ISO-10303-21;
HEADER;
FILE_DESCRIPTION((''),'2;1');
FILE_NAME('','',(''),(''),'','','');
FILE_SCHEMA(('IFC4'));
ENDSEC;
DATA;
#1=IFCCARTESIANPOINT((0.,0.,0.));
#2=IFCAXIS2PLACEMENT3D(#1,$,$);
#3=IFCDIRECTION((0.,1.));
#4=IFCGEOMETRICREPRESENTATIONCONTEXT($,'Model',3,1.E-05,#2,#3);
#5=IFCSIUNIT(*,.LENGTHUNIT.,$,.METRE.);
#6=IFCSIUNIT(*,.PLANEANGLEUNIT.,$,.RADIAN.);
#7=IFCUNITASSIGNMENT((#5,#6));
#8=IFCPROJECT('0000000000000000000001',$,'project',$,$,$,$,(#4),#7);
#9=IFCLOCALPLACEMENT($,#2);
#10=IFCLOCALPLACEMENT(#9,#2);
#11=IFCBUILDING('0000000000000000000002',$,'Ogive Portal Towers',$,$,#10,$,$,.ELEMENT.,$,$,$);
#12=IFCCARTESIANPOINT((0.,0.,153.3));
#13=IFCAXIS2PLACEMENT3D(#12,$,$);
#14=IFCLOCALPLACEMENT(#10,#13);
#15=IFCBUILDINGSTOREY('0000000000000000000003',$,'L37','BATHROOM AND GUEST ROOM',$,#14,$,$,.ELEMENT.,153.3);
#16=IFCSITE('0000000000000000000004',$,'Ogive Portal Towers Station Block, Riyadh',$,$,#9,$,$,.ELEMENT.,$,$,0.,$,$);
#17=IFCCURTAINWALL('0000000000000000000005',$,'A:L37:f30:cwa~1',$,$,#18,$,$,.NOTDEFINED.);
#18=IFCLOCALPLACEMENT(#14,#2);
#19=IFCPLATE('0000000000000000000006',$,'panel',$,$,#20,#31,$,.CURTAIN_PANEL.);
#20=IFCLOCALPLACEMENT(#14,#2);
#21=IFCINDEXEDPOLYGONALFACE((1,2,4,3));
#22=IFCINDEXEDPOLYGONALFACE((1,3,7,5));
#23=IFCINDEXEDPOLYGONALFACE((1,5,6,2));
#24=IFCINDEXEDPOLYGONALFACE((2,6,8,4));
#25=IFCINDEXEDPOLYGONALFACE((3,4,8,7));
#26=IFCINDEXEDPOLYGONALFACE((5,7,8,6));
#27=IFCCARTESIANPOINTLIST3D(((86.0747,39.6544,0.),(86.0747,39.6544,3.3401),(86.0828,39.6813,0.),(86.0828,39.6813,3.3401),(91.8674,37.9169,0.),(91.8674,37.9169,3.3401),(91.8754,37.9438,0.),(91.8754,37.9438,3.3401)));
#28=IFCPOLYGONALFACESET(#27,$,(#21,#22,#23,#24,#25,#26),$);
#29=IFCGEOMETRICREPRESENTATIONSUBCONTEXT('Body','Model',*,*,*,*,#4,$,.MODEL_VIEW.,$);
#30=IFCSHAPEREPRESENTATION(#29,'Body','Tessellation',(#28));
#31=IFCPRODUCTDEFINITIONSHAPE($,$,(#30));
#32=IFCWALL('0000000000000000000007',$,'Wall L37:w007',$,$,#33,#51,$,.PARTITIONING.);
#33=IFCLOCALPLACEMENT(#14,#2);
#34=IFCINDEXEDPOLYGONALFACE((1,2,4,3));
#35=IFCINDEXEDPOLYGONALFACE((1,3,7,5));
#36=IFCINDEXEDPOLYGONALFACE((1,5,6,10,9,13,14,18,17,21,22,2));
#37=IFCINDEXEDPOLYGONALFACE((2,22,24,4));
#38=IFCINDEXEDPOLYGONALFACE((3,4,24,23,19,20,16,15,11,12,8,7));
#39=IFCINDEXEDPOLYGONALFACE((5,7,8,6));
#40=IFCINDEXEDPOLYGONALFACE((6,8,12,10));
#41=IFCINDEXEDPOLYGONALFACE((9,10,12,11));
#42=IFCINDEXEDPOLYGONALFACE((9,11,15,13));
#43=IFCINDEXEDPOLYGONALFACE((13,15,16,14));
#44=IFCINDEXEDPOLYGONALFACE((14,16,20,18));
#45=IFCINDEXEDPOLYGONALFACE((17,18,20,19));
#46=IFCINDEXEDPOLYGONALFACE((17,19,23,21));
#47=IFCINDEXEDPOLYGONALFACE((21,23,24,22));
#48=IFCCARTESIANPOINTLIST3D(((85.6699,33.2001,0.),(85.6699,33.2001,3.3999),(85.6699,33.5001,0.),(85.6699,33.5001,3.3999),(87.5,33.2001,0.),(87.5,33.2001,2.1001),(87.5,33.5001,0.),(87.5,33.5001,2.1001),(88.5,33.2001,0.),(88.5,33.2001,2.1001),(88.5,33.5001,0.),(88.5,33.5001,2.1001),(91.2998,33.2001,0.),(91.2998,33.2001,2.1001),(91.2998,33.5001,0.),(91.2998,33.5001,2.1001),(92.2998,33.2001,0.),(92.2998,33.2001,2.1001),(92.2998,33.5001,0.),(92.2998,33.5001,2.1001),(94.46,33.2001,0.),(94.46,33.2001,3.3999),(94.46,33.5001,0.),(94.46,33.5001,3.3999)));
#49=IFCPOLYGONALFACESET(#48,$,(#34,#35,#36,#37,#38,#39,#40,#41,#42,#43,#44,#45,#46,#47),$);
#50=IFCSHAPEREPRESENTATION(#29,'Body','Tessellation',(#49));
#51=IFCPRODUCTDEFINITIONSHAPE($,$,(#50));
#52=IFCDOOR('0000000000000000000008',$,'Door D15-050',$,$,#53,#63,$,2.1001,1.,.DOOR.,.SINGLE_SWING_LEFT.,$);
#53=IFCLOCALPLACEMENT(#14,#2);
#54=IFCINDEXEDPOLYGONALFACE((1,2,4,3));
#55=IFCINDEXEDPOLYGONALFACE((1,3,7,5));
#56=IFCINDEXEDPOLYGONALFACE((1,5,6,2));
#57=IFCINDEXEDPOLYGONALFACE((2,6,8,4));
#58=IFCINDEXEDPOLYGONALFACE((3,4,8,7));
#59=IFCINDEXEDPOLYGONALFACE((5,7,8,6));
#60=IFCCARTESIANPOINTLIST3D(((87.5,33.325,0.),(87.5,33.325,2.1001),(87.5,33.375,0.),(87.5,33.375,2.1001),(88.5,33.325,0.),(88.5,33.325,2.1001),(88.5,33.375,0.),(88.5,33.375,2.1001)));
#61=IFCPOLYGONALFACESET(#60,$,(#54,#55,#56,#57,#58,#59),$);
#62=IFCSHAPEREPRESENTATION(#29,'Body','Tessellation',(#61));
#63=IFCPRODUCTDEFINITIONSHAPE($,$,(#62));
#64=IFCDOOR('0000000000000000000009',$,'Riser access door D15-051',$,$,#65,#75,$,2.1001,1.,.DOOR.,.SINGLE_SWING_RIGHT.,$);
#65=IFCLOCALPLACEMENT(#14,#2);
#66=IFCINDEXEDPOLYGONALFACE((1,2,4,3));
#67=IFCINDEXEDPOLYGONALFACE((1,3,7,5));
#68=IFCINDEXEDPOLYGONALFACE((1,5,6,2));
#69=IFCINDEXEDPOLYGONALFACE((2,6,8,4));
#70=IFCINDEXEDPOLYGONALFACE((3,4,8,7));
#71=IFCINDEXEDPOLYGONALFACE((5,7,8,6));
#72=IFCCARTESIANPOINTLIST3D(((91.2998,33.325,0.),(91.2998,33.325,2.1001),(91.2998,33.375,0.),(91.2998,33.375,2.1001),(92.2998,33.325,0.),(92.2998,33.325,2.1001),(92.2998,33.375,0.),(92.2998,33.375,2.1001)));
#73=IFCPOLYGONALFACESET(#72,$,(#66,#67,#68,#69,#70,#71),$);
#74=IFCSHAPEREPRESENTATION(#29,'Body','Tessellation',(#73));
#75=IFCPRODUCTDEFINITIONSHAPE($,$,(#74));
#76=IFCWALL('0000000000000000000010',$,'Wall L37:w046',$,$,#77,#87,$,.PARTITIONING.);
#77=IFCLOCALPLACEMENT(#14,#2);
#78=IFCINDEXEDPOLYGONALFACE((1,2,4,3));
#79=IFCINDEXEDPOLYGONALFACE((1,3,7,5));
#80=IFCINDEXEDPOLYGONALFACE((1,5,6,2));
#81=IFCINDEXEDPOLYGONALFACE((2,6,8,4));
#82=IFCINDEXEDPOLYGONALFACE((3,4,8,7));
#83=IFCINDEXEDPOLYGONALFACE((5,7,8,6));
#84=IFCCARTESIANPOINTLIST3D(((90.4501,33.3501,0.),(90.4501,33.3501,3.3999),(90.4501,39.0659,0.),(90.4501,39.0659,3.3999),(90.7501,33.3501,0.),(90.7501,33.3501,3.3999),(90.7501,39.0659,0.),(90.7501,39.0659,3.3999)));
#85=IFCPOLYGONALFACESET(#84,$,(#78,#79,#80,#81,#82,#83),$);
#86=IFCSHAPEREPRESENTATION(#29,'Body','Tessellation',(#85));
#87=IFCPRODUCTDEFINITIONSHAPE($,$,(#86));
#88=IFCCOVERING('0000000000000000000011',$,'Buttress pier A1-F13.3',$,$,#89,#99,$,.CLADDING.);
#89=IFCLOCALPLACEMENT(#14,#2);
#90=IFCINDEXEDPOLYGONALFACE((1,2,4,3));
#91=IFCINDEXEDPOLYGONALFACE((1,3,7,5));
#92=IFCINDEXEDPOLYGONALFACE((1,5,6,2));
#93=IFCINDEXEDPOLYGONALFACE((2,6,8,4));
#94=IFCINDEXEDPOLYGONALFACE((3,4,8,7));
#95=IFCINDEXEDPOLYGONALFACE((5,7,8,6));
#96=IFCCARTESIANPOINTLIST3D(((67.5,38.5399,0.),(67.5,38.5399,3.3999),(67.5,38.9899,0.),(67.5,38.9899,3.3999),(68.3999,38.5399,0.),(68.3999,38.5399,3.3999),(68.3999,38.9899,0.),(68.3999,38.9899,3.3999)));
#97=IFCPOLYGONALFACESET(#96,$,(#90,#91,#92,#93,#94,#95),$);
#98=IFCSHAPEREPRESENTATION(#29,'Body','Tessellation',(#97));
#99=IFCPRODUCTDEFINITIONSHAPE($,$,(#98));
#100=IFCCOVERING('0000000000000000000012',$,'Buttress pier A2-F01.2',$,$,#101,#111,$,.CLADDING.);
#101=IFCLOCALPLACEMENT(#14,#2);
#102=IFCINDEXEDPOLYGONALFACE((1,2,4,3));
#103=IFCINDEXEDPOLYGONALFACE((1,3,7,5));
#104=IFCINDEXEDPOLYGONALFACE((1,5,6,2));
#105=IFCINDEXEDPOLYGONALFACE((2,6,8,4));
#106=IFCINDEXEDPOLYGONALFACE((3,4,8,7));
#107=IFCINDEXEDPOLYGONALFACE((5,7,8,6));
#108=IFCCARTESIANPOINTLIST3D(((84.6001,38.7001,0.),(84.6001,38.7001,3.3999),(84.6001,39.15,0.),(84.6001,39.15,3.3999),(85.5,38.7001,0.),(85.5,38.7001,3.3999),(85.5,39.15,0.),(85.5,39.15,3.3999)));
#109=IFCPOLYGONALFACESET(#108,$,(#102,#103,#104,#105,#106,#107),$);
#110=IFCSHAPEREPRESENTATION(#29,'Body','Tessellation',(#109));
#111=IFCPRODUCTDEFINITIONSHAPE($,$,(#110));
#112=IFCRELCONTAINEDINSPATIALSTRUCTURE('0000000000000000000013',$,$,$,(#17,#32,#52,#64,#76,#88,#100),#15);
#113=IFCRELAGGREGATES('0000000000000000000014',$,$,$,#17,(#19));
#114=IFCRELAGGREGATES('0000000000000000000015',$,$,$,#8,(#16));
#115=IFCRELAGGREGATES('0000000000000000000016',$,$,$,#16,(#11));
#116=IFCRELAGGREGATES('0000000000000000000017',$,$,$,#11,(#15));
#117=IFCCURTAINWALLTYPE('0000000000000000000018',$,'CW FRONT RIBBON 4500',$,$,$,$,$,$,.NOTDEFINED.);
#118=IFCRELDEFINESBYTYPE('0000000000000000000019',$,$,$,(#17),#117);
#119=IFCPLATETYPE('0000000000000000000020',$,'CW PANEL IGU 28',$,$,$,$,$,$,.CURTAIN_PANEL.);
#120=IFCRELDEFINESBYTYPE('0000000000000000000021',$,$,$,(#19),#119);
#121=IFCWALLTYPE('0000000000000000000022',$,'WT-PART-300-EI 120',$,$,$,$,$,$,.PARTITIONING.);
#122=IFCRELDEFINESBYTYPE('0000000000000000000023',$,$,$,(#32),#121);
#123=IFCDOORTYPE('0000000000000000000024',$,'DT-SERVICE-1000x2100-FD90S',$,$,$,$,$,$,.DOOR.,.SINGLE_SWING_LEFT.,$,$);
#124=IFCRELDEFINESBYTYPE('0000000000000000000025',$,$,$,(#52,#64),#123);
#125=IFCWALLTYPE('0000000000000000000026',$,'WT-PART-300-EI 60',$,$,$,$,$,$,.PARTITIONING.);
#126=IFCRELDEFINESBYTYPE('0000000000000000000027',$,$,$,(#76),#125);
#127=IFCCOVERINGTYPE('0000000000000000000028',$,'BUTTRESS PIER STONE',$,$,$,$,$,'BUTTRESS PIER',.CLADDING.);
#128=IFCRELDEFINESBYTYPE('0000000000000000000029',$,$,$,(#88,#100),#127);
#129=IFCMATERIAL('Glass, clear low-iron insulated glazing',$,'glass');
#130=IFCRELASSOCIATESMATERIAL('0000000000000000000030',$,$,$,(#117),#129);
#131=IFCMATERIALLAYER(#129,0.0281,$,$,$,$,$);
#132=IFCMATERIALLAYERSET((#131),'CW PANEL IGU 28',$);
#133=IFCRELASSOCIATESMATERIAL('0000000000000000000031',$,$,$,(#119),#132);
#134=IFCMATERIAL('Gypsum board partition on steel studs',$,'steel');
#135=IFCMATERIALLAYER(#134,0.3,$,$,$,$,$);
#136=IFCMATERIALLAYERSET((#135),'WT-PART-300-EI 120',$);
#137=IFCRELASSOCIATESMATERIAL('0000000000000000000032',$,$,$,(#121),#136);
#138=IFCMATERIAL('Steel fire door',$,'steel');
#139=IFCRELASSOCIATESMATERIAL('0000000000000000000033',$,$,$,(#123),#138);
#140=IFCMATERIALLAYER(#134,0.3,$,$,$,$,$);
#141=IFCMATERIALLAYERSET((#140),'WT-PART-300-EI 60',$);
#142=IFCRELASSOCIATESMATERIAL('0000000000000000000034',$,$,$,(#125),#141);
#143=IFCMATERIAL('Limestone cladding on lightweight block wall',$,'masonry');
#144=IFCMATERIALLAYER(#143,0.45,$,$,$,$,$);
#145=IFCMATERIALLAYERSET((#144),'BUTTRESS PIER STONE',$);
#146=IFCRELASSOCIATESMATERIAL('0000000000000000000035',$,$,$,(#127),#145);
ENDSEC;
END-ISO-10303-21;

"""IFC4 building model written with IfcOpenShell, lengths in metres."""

from ifc_helpers import new_model, si_unit, direction, frame, frame_2d, origin, origin_2d, place, context, subcontext, project, spatial, rectangle, extrude, material, layer, layer_set, type_object, element, fill, aggregate, save


model = new_model("IFC4")

# Units and contexts
model_context = context("Model", 3, precision=1e-05, world=origin(), true_north=direction((0.0, 1.0)))
body_context = subcontext(model_context, "Body", "Model", "MODEL_VIEW")
ifc_project = project(units=[si_unit("LENGTHUNIT", "METRE"), si_unit("PLANEANGLEUNIT", "RADIAN")], contexts=[model_context])

# Site, building, storey
site_placement = place(None, origin())
site = spatial("IfcSite", under=ifc_project, at=site_placement, Name="Ogive Portal Towers Station Block, Riyadh", CompositionType="ELEMENT", RefElevation=0.0)
building_placement = place(site_placement, origin())
building = spatial("IfcBuilding", under=site, at=building_placement, Name="Ogive Portal Towers", CompositionType="ELEMENT")
storey_placement = place(building_placement, frame((0.0, 0.0, 153.3)))
storey = spatial("IfcBuildingStorey", under=building, at=storey_placement, Name="L37", Description="BATHROOM AND GUEST ROOM", CompositionType="ELEMENT", Elevation=153.3)

# Shared definitions
ifc_material_1 = material(Name="Glass, clear low-iron insulated glazing", Category="glass")

# Shared definitions
curtain_wall_type_1 = type_object("IfcCurtainWallType", Name="CW FRONT RIBBON 4500", PredefinedType="NOTDEFINED", material=ifc_material_1)

# Curtain wall
curtain_wall_1_placement = place(storey_placement, origin())
curtain_wall_1 = element("IfcCurtainWall", 1, at=curtain_wall_1_placement, inside=storey, type_object=curtain_wall_type_1, Name="A:L37:f30:cwa~1", PredefinedType="NOTDEFINED")

# Plate
ifc_layer_1 = layer(ifc_material_1, 0.0281)
ifc_layer_set_1 = layer_set([ifc_layer_1], Name="CW PANEL IGU 28")
plate_type = type_object("IfcPlateType", Name="CW PANEL IGU 28", PredefinedType="CURTAIN_PANEL", material=ifc_layer_set_1)
plate_1_placement = place(storey_placement, frame((88.9751, 38.7991, 0.0), z_axis=(0.0, 0.0, 1.0), x_axis=(-0.957839, 0.287306, 0.0)))
plate_1 = element("IfcPlate", 2, at=plate_1_placement, type_object=plate_type, Name="panel", PredefinedType="CURTAIN_PANEL", context=body_context, shape_type="SweptSolid", body=[
    extrude(rectangle(XDim=6.0476, YDim=0.0281, at=origin_2d()), origin(), (0.0, 0.0, 1.0), 3.3401),
])
aggregate(curtain_wall_1, [plate_1])

# Wall, openings, doors
ifc_material_2 = material(Name="Gypsum board partition on steel studs", Category="steel")
ifc_layer_2 = layer(ifc_material_2, 0.3)
ifc_layer_set_2 = layer_set([ifc_layer_2], Name="WT-PART-300-EI 120")
wall_type_1 = type_object("IfcWallType", Name="WT-PART-300-EI 120", PredefinedType="PARTITIONING", material=ifc_layer_set_2)
wall_1_placement = place(storey_placement, frame((85.6699, 33.3501, 0.0), z_axis=(0.0, 0.0, 1.0), x_axis=(1.0, 0.0, 0.0)))
wall_1 = element("IfcWall", 3, at=wall_1_placement, inside=storey, type_object=wall_type_1, Name="Wall L37:w007", PredefinedType="PARTITIONING", context=body_context, shape_type="SweptSolid", body=[
    extrude(rectangle(XDim=8.79, YDim=0.3, at=frame_2d((4.395, 0.0))), origin(), (0.0, 0.0, 1.0), 3.3999),
])
opening_1_placement = place(wall_1_placement, frame((1.8301, 0.0, 0.0)))
opening_1 = element("IfcOpeningElement", 4, at=opening_1_placement, cuts=wall_1, PredefinedType="OPENING", context=body_context, shape_type="SweptSolid", body=[
    extrude(rectangle(XDim=1.0, YDim=2.1001, at=frame_2d((0.5, 1.05))), frame((0.0, 0.1602, 0.0), z_axis=(0.0, -1.0, 0.0), x_axis=(1.0, 0.0, 0.0)), (0.0, 0.0, 1.0), 0.3201),
])
opening_2_placement = place(wall_1_placement, frame((5.6299, 0.0, 0.0)))
opening_2 = element("IfcOpeningElement", 5, at=opening_2_placement, cuts=wall_1, PredefinedType="OPENING", context=body_context, shape_type="SweptSolid", body=[
    extrude(rectangle(XDim=1.0, YDim=2.1001, at=frame_2d((0.5, 1.05))), frame((0.0, 0.1602, 0.0), z_axis=(0.0, -1.0, 0.0), x_axis=(1.0, 0.0, 0.0)), (0.0, 0.0, 1.0), 0.3201),
])
ifc_material_3 = material(Name="Steel fire door", Category="steel")
door_type = type_object("IfcDoorType", Name="DT-SERVICE-1000x2100-FD90S", OperationType="SINGLE_SWING_LEFT", PredefinedType="DOOR", material=ifc_material_3)
door_1_placement = place(opening_1_placement, origin())
door_1 = element("IfcDoor", 6, at=door_1_placement, inside=storey, type_object=door_type, Name="Door D15-050", OperationType="SINGLE_SWING_LEFT", OverallHeight=2.1001, OverallWidth=1.0, PredefinedType="DOOR", context=body_context, shape_type="SweptSolid", body=[
    extrude(rectangle(XDim=1.0, YDim=2.1001, at=frame_2d((0.5, 1.05))), frame((0.0, 0.0249, 0.0), z_axis=(0.0, -1.0, 0.0), x_axis=(1.0, 0.0, 0.0)), (0.0, 0.0, 1.0), 0.05),
])
fill(opening_1, door_1)
door_2_placement = place(opening_2_placement, origin())
door_2 = element("IfcDoor", 7, at=door_2_placement, inside=storey, type_object=door_type, Name="Riser access door D15-051", OperationType="SINGLE_SWING_RIGHT", OverallHeight=2.1001, OverallWidth=1.0, PredefinedType="DOOR", context=body_context, shape_type="SweptSolid", body=[
    extrude(rectangle(XDim=1.0, YDim=2.1001, at=frame_2d((0.5, 1.05))), frame((0.0, 0.0249, 0.0), z_axis=(0.0, -1.0, 0.0), x_axis=(1.0, 0.0, 0.0)), (0.0, 0.0, 1.0), 0.05),
])
fill(opening_2, door_2)

# Wall
ifc_layer_3 = layer(ifc_material_2, 0.3)
ifc_layer_set_3 = layer_set([ifc_layer_3], Name="WT-PART-300-EI 60")
wall_type_2 = type_object("IfcWallType", Name="WT-PART-300-EI 60", PredefinedType="PARTITIONING", material=ifc_layer_set_3)
wall_2_placement = place(storey_placement, frame((90.6001, 33.3501, 0.0), z_axis=(0.0, 0.0, 1.0), x_axis=(0.0, 1.0, 0.0)))
element("IfcWall", 8, at=wall_2_placement, inside=storey, type_object=wall_type_2, Name="Wall L37:w046", PredefinedType="PARTITIONING", context=body_context, shape_type="SweptSolid", body=[
    extrude(rectangle(XDim=5.7158, YDim=0.3, at=frame_2d((2.8579, 0.0))), origin(), (0.0, 0.0, 1.0), 3.3999),
])

# Coverings
ifc_material_4 = material(Name="Limestone cladding on lightweight block wall", Category="masonry")
ifc_layer_4 = layer(ifc_material_4, 0.45)
ifc_layer_set_4 = layer_set([ifc_layer_4], Name="BUTTRESS PIER STONE")
covering_type = type_object("IfcCoveringType", Name="BUTTRESS PIER STONE", ElementType="BUTTRESS PIER", PredefinedType="CLADDING", material=ifc_layer_set_4)
for number, where, z_axis, x_axis, name in (
    (9, (67.95, 38.7649, 0.0), (0.0, 0.0, 1.0), (1.0, 0.0, 0.0), "Buttress pier A1-F13.3"),
    (10, (85.05, 38.925, 0.0), (0.0, 0.0, 1.0), (1.0, 0.0, 0.0), "Buttress pier A2-F01.2"),
):
    element("IfcCovering", number, at=place(storey_placement, frame(where, z_axis=z_axis, x_axis=x_axis)), inside=storey, type_object=covering_type, Name=name, PredefinedType="CLADDING", context=body_context, shape_type="SweptSolid", body=[
        extrude(rectangle(XDim=0.8999, YDim=0.45, at=origin_2d()), origin(), (0.0, 0.0, 1.0), 3.3999),
    ])

save(model, "model.ifc")
